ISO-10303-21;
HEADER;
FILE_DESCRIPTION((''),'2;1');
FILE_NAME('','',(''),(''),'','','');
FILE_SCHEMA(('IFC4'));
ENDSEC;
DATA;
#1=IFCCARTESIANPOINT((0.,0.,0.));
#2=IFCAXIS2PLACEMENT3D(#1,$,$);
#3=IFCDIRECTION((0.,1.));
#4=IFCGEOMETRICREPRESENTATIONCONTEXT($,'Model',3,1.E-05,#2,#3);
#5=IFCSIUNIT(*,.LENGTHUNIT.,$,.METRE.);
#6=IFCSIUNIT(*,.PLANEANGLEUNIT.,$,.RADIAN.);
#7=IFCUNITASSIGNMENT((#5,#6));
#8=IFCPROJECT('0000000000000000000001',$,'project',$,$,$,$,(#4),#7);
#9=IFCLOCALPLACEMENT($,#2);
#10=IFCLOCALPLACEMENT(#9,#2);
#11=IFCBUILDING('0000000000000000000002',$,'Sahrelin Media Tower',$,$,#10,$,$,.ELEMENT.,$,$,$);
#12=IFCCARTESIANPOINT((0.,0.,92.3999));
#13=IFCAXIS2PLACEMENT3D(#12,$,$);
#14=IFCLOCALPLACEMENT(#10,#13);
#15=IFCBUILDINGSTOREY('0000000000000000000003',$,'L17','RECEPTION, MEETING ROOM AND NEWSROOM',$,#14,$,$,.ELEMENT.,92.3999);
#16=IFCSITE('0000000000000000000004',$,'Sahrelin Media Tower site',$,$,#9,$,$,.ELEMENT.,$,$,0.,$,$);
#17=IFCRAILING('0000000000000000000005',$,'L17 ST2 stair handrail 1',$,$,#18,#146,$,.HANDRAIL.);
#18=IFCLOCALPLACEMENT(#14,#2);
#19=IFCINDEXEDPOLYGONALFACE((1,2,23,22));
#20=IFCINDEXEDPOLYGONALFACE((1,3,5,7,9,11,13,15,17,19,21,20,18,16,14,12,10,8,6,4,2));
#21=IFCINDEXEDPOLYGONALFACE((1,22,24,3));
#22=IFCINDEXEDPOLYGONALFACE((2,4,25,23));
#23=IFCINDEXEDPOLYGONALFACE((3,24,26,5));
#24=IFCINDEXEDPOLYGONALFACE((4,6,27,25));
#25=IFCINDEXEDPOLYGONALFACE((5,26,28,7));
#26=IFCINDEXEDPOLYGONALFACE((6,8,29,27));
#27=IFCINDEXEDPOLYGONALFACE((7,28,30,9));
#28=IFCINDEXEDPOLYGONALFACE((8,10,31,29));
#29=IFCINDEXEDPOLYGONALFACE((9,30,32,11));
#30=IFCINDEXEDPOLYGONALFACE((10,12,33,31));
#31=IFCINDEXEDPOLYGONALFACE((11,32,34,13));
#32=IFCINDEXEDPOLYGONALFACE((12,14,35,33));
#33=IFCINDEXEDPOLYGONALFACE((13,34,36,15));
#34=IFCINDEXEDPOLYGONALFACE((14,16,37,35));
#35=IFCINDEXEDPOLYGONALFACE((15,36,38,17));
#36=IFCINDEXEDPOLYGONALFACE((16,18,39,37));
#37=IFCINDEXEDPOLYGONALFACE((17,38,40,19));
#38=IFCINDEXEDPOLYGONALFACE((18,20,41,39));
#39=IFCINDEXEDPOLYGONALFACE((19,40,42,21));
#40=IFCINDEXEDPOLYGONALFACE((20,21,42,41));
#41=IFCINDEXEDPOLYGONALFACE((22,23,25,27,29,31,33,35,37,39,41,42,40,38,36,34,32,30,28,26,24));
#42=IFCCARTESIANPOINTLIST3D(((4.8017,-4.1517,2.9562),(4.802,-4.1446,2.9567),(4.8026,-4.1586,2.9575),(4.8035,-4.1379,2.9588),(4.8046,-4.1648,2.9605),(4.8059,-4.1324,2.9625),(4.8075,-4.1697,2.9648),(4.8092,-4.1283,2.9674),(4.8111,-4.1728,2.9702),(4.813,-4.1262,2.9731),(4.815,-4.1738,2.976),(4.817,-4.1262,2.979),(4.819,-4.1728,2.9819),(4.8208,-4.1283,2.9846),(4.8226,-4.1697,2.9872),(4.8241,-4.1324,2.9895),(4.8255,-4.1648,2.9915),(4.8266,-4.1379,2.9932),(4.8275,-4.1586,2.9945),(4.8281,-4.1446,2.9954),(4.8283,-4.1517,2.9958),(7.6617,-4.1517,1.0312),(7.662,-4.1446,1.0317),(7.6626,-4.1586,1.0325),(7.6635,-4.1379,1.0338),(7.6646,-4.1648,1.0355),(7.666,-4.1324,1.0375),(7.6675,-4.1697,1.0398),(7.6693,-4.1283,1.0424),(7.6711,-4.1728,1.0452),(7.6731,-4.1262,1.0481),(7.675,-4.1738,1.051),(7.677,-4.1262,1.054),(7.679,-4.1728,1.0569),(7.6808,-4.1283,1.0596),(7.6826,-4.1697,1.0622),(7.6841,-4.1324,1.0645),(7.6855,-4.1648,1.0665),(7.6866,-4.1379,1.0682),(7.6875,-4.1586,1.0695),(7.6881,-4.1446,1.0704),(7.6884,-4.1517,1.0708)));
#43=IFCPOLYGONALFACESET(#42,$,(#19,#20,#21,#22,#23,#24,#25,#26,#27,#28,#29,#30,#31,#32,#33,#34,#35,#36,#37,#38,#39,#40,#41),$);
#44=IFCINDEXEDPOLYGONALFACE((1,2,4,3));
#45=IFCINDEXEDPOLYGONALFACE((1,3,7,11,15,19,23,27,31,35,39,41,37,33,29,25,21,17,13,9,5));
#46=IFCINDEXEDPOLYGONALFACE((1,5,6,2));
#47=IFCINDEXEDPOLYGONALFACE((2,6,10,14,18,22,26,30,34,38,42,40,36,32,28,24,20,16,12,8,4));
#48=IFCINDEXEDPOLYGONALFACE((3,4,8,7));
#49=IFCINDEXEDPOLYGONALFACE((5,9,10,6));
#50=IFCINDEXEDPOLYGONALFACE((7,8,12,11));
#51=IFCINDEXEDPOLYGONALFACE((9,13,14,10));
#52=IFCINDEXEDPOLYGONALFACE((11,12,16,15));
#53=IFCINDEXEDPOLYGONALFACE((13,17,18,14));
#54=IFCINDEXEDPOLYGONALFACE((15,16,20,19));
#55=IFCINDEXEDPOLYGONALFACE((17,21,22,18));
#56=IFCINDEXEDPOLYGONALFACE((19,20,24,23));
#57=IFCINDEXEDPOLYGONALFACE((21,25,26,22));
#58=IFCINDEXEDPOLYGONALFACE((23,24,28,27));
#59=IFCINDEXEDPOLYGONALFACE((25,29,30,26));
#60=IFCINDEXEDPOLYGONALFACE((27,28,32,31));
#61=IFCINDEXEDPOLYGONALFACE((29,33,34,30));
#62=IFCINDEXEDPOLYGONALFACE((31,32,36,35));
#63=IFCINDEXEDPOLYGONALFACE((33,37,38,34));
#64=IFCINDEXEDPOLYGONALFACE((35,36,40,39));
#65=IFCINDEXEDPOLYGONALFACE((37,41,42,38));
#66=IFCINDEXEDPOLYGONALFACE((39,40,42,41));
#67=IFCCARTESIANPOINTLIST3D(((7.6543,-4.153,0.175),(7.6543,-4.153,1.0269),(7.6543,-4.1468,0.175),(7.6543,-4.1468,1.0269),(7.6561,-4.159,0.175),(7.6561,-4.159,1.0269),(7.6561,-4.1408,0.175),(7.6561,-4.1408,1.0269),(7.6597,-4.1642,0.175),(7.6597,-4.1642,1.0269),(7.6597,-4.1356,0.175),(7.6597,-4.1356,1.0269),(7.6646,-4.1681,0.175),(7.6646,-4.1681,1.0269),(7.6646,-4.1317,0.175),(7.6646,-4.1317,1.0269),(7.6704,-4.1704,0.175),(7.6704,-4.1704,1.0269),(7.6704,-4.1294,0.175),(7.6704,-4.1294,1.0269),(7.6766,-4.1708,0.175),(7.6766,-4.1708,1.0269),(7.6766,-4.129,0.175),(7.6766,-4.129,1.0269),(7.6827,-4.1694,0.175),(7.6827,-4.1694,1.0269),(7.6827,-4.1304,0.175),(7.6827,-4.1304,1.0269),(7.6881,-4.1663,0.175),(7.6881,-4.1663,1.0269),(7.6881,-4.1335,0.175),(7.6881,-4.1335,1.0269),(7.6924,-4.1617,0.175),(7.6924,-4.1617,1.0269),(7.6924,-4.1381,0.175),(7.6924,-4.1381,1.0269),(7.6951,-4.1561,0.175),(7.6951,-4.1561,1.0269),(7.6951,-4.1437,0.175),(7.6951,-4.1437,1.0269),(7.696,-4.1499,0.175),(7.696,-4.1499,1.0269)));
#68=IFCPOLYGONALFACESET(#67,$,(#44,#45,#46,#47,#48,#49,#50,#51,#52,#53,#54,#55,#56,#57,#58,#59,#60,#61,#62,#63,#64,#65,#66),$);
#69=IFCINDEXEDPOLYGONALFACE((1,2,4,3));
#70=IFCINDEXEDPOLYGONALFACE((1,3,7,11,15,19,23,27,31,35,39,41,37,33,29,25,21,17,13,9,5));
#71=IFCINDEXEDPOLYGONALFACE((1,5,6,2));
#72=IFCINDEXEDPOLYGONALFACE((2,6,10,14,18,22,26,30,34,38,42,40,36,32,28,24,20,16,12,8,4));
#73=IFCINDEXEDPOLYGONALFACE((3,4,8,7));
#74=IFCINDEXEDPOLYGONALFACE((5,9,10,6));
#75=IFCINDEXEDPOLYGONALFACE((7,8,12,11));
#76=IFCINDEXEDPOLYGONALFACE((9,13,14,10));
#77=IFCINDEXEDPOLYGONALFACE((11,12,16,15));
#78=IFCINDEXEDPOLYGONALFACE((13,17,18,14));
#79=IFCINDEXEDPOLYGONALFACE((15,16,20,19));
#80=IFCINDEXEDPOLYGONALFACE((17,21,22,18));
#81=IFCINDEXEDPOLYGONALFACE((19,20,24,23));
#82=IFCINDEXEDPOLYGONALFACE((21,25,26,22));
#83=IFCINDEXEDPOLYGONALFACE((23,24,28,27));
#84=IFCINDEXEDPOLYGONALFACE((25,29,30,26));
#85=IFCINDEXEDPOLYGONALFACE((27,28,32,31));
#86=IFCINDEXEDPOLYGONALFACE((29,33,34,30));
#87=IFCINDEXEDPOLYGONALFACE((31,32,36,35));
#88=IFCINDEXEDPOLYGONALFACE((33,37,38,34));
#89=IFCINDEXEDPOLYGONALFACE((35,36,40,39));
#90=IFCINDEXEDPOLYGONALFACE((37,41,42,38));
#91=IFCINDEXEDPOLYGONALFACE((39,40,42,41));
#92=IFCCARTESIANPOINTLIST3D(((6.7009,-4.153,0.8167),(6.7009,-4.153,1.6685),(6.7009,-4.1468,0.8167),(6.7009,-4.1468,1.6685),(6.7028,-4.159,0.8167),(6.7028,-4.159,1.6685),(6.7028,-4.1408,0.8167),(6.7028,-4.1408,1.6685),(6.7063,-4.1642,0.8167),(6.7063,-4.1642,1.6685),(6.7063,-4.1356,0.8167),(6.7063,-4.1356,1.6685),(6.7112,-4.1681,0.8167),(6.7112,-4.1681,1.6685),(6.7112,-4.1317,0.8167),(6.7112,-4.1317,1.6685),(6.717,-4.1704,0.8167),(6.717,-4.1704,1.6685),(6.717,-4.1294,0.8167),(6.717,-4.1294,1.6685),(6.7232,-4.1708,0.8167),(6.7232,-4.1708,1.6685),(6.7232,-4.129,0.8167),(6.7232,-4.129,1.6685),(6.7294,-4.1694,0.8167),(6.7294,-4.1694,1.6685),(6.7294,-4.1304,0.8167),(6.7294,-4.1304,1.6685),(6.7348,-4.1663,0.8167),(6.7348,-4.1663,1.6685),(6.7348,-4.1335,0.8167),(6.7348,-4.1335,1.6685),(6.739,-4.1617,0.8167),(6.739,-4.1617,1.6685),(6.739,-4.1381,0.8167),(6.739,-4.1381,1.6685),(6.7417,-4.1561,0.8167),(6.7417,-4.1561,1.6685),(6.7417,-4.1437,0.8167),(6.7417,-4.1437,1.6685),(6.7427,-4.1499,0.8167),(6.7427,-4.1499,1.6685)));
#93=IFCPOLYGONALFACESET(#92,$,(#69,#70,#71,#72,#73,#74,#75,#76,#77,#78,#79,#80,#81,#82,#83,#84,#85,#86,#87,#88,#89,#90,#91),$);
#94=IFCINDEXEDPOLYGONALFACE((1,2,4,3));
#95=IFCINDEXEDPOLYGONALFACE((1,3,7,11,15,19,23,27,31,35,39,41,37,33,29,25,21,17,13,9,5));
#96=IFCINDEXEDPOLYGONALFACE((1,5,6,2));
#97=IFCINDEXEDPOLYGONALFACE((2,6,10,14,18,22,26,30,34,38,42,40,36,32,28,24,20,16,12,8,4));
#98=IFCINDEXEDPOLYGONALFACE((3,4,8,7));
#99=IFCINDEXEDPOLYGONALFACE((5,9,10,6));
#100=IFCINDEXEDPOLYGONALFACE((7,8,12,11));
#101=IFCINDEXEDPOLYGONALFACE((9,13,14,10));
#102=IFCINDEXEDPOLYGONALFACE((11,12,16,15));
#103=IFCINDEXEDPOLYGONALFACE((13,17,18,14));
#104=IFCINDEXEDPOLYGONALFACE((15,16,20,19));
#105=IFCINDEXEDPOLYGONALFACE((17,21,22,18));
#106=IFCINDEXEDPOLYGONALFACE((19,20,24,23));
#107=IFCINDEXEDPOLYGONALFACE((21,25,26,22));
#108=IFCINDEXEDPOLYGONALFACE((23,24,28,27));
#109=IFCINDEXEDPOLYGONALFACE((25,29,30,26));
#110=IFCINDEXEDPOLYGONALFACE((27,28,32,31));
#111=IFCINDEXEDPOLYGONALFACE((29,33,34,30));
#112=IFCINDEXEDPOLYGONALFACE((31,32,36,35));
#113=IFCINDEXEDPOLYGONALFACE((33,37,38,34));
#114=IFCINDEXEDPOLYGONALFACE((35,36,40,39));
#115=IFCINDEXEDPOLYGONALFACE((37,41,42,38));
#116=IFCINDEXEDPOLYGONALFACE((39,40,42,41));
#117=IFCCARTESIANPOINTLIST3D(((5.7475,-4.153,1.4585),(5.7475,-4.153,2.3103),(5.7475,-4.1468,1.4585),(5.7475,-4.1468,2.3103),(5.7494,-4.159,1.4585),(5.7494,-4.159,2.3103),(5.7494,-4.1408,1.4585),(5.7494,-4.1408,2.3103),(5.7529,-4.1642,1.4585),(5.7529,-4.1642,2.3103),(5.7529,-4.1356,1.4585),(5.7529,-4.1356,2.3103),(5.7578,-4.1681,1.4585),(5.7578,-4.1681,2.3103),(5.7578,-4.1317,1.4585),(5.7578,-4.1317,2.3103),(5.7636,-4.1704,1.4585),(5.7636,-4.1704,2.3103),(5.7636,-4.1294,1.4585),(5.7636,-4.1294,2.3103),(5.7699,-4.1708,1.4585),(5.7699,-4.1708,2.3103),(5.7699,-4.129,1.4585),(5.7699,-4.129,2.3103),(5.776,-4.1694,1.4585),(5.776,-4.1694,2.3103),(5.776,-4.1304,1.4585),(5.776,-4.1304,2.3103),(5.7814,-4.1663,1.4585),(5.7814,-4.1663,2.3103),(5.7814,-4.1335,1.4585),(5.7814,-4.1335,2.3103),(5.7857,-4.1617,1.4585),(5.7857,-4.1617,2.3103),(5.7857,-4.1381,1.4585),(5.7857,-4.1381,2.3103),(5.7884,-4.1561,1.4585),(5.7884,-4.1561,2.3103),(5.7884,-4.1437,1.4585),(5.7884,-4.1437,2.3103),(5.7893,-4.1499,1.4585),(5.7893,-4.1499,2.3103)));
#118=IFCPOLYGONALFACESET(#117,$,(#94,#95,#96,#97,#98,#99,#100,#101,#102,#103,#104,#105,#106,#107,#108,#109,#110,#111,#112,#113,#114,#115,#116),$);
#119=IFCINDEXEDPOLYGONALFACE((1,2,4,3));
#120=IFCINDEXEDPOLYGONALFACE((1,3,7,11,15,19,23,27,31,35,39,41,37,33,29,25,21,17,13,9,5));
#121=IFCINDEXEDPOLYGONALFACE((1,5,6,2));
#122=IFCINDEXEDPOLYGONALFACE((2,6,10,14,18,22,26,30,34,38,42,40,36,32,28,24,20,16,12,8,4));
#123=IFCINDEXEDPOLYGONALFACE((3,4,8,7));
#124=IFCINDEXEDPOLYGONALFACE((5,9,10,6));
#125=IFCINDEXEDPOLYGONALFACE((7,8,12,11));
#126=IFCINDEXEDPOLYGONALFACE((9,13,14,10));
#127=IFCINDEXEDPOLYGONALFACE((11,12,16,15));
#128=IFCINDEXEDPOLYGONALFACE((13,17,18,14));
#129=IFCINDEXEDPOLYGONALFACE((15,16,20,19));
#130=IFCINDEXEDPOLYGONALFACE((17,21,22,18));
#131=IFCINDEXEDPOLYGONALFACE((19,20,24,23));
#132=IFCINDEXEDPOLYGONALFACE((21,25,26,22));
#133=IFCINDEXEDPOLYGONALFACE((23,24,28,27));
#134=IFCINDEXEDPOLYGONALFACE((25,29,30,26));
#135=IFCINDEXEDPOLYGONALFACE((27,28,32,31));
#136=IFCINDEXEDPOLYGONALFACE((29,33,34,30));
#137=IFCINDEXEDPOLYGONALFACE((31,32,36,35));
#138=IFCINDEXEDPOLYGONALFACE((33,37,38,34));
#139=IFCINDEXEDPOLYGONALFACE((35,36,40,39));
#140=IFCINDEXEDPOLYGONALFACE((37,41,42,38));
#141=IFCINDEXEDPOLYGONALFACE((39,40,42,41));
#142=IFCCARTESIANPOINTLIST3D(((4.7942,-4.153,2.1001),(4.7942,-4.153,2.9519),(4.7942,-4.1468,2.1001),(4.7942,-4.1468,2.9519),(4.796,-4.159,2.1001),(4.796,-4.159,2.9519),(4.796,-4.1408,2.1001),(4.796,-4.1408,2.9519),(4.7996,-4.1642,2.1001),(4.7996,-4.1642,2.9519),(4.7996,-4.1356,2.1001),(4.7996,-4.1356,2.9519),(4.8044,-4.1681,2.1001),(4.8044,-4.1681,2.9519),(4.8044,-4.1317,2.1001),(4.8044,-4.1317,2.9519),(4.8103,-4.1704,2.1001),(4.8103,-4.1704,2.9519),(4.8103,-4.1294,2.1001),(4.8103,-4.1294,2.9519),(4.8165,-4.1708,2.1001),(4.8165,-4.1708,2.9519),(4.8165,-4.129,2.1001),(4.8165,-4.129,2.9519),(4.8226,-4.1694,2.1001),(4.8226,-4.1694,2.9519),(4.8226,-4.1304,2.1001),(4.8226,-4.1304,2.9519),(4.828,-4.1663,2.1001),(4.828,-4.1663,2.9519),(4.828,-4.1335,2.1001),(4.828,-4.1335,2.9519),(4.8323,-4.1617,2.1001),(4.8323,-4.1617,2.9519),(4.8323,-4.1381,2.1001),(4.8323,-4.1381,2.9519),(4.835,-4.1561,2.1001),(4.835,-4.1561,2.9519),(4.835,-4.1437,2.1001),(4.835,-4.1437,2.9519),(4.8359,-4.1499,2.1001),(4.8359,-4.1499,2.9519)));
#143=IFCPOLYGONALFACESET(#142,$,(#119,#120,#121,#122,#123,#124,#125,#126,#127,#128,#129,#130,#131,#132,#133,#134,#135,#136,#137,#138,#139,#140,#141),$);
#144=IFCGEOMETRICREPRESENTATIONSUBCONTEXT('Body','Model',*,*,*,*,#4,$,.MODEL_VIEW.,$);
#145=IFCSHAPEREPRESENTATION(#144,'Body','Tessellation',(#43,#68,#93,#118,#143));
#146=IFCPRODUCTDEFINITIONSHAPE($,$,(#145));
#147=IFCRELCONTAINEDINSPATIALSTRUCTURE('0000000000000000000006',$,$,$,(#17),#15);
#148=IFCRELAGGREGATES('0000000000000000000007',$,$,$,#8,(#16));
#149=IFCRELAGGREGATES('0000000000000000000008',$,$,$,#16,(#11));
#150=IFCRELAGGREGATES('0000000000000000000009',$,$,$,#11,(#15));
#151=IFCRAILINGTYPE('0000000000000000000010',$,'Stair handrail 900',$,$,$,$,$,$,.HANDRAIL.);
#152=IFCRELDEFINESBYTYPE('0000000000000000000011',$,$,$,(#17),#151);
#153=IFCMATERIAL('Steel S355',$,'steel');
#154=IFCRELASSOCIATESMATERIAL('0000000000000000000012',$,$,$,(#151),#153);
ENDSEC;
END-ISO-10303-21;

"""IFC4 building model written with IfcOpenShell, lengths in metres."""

from ifc_helpers import new_model, si_unit, direction, frame, origin, origin_2d, place, context, subcontext, project, spatial, circle, extrude, material, type_object, element, save


model = new_model("IFC4")

# Units and contexts
model_context = context("Model", 3, precision=1e-05, world=origin(), true_north=direction((0.0, 1.0)))
body_context = subcontext(model_context, "Body", "Model", "MODEL_VIEW")
ifc_project = project(units=[si_unit("LENGTHUNIT", "METRE"), si_unit("PLANEANGLEUNIT", "RADIAN")], contexts=[model_context])

# Site, building, storey
site_placement = place(None, origin())
site = spatial("IfcSite", under=ifc_project, at=site_placement, Name="Sahrelin Media Tower site", CompositionType="ELEMENT", RefElevation=0.0)
building_placement = place(site_placement, origin())
building = spatial("IfcBuilding", under=site, at=building_placement, Name="Sahrelin Media Tower", CompositionType="ELEMENT")
storey_placement = place(building_placement, frame((0.0, 0.0, 92.3999)))
storey = spatial("IfcBuildingStorey", under=building, at=storey_placement, Name="L17", Description="RECEPTION, MEETING ROOM AND NEWSROOM", CompositionType="ELEMENT", Elevation=92.3999)

# Railing
ifc_material_1 = material(Name="Steel S355", Category="steel")
railing_type_1 = type_object("IfcRailingType", Name="Stair handrail 900", PredefinedType="HANDRAIL", material=ifc_material_1)
railing_1_placement = place(storey_placement, frame((7.675, -4.1499, 0.175)))
element("IfcRailing", 1, at=railing_1_placement, inside=storey, type_object=railing_type_1, Name="L17 ST2 stair handrail 1", PredefinedType="HANDRAIL", context=body_context, shape_type="SweptSolid", body=[
    extrude(circle(Radius=0.0239, at=origin_2d()), frame((0.0, 0.0, 0.876), z_axis=(-0.829591, 0.0, 0.558372), x_axis=(0.0, -1.0, 0.0)), (0.0, 0.0, 1.0), 3.4475),
    extrude(circle(Radius=0.021, at=origin_2d()), origin(), (0.0, 0.0, 1.0), 0.8518),
    extrude(circle(Radius=0.021, at=origin_2d()), frame((-0.9534, 0.0, 0.6416)), (0.0, 0.0, 1.0), 0.8518),
    extrude(circle(Radius=0.021, at=origin_2d()), frame((-1.9067, 0.0, 1.2834)), (0.0, 0.0, 1.0), 0.8518),
    extrude(circle(Radius=0.021, at=origin_2d()), frame((-2.8601, 0.0, 1.925)), (0.0, 0.0, 1.0), 0.8518),
])

save(model, "model.ifc")
